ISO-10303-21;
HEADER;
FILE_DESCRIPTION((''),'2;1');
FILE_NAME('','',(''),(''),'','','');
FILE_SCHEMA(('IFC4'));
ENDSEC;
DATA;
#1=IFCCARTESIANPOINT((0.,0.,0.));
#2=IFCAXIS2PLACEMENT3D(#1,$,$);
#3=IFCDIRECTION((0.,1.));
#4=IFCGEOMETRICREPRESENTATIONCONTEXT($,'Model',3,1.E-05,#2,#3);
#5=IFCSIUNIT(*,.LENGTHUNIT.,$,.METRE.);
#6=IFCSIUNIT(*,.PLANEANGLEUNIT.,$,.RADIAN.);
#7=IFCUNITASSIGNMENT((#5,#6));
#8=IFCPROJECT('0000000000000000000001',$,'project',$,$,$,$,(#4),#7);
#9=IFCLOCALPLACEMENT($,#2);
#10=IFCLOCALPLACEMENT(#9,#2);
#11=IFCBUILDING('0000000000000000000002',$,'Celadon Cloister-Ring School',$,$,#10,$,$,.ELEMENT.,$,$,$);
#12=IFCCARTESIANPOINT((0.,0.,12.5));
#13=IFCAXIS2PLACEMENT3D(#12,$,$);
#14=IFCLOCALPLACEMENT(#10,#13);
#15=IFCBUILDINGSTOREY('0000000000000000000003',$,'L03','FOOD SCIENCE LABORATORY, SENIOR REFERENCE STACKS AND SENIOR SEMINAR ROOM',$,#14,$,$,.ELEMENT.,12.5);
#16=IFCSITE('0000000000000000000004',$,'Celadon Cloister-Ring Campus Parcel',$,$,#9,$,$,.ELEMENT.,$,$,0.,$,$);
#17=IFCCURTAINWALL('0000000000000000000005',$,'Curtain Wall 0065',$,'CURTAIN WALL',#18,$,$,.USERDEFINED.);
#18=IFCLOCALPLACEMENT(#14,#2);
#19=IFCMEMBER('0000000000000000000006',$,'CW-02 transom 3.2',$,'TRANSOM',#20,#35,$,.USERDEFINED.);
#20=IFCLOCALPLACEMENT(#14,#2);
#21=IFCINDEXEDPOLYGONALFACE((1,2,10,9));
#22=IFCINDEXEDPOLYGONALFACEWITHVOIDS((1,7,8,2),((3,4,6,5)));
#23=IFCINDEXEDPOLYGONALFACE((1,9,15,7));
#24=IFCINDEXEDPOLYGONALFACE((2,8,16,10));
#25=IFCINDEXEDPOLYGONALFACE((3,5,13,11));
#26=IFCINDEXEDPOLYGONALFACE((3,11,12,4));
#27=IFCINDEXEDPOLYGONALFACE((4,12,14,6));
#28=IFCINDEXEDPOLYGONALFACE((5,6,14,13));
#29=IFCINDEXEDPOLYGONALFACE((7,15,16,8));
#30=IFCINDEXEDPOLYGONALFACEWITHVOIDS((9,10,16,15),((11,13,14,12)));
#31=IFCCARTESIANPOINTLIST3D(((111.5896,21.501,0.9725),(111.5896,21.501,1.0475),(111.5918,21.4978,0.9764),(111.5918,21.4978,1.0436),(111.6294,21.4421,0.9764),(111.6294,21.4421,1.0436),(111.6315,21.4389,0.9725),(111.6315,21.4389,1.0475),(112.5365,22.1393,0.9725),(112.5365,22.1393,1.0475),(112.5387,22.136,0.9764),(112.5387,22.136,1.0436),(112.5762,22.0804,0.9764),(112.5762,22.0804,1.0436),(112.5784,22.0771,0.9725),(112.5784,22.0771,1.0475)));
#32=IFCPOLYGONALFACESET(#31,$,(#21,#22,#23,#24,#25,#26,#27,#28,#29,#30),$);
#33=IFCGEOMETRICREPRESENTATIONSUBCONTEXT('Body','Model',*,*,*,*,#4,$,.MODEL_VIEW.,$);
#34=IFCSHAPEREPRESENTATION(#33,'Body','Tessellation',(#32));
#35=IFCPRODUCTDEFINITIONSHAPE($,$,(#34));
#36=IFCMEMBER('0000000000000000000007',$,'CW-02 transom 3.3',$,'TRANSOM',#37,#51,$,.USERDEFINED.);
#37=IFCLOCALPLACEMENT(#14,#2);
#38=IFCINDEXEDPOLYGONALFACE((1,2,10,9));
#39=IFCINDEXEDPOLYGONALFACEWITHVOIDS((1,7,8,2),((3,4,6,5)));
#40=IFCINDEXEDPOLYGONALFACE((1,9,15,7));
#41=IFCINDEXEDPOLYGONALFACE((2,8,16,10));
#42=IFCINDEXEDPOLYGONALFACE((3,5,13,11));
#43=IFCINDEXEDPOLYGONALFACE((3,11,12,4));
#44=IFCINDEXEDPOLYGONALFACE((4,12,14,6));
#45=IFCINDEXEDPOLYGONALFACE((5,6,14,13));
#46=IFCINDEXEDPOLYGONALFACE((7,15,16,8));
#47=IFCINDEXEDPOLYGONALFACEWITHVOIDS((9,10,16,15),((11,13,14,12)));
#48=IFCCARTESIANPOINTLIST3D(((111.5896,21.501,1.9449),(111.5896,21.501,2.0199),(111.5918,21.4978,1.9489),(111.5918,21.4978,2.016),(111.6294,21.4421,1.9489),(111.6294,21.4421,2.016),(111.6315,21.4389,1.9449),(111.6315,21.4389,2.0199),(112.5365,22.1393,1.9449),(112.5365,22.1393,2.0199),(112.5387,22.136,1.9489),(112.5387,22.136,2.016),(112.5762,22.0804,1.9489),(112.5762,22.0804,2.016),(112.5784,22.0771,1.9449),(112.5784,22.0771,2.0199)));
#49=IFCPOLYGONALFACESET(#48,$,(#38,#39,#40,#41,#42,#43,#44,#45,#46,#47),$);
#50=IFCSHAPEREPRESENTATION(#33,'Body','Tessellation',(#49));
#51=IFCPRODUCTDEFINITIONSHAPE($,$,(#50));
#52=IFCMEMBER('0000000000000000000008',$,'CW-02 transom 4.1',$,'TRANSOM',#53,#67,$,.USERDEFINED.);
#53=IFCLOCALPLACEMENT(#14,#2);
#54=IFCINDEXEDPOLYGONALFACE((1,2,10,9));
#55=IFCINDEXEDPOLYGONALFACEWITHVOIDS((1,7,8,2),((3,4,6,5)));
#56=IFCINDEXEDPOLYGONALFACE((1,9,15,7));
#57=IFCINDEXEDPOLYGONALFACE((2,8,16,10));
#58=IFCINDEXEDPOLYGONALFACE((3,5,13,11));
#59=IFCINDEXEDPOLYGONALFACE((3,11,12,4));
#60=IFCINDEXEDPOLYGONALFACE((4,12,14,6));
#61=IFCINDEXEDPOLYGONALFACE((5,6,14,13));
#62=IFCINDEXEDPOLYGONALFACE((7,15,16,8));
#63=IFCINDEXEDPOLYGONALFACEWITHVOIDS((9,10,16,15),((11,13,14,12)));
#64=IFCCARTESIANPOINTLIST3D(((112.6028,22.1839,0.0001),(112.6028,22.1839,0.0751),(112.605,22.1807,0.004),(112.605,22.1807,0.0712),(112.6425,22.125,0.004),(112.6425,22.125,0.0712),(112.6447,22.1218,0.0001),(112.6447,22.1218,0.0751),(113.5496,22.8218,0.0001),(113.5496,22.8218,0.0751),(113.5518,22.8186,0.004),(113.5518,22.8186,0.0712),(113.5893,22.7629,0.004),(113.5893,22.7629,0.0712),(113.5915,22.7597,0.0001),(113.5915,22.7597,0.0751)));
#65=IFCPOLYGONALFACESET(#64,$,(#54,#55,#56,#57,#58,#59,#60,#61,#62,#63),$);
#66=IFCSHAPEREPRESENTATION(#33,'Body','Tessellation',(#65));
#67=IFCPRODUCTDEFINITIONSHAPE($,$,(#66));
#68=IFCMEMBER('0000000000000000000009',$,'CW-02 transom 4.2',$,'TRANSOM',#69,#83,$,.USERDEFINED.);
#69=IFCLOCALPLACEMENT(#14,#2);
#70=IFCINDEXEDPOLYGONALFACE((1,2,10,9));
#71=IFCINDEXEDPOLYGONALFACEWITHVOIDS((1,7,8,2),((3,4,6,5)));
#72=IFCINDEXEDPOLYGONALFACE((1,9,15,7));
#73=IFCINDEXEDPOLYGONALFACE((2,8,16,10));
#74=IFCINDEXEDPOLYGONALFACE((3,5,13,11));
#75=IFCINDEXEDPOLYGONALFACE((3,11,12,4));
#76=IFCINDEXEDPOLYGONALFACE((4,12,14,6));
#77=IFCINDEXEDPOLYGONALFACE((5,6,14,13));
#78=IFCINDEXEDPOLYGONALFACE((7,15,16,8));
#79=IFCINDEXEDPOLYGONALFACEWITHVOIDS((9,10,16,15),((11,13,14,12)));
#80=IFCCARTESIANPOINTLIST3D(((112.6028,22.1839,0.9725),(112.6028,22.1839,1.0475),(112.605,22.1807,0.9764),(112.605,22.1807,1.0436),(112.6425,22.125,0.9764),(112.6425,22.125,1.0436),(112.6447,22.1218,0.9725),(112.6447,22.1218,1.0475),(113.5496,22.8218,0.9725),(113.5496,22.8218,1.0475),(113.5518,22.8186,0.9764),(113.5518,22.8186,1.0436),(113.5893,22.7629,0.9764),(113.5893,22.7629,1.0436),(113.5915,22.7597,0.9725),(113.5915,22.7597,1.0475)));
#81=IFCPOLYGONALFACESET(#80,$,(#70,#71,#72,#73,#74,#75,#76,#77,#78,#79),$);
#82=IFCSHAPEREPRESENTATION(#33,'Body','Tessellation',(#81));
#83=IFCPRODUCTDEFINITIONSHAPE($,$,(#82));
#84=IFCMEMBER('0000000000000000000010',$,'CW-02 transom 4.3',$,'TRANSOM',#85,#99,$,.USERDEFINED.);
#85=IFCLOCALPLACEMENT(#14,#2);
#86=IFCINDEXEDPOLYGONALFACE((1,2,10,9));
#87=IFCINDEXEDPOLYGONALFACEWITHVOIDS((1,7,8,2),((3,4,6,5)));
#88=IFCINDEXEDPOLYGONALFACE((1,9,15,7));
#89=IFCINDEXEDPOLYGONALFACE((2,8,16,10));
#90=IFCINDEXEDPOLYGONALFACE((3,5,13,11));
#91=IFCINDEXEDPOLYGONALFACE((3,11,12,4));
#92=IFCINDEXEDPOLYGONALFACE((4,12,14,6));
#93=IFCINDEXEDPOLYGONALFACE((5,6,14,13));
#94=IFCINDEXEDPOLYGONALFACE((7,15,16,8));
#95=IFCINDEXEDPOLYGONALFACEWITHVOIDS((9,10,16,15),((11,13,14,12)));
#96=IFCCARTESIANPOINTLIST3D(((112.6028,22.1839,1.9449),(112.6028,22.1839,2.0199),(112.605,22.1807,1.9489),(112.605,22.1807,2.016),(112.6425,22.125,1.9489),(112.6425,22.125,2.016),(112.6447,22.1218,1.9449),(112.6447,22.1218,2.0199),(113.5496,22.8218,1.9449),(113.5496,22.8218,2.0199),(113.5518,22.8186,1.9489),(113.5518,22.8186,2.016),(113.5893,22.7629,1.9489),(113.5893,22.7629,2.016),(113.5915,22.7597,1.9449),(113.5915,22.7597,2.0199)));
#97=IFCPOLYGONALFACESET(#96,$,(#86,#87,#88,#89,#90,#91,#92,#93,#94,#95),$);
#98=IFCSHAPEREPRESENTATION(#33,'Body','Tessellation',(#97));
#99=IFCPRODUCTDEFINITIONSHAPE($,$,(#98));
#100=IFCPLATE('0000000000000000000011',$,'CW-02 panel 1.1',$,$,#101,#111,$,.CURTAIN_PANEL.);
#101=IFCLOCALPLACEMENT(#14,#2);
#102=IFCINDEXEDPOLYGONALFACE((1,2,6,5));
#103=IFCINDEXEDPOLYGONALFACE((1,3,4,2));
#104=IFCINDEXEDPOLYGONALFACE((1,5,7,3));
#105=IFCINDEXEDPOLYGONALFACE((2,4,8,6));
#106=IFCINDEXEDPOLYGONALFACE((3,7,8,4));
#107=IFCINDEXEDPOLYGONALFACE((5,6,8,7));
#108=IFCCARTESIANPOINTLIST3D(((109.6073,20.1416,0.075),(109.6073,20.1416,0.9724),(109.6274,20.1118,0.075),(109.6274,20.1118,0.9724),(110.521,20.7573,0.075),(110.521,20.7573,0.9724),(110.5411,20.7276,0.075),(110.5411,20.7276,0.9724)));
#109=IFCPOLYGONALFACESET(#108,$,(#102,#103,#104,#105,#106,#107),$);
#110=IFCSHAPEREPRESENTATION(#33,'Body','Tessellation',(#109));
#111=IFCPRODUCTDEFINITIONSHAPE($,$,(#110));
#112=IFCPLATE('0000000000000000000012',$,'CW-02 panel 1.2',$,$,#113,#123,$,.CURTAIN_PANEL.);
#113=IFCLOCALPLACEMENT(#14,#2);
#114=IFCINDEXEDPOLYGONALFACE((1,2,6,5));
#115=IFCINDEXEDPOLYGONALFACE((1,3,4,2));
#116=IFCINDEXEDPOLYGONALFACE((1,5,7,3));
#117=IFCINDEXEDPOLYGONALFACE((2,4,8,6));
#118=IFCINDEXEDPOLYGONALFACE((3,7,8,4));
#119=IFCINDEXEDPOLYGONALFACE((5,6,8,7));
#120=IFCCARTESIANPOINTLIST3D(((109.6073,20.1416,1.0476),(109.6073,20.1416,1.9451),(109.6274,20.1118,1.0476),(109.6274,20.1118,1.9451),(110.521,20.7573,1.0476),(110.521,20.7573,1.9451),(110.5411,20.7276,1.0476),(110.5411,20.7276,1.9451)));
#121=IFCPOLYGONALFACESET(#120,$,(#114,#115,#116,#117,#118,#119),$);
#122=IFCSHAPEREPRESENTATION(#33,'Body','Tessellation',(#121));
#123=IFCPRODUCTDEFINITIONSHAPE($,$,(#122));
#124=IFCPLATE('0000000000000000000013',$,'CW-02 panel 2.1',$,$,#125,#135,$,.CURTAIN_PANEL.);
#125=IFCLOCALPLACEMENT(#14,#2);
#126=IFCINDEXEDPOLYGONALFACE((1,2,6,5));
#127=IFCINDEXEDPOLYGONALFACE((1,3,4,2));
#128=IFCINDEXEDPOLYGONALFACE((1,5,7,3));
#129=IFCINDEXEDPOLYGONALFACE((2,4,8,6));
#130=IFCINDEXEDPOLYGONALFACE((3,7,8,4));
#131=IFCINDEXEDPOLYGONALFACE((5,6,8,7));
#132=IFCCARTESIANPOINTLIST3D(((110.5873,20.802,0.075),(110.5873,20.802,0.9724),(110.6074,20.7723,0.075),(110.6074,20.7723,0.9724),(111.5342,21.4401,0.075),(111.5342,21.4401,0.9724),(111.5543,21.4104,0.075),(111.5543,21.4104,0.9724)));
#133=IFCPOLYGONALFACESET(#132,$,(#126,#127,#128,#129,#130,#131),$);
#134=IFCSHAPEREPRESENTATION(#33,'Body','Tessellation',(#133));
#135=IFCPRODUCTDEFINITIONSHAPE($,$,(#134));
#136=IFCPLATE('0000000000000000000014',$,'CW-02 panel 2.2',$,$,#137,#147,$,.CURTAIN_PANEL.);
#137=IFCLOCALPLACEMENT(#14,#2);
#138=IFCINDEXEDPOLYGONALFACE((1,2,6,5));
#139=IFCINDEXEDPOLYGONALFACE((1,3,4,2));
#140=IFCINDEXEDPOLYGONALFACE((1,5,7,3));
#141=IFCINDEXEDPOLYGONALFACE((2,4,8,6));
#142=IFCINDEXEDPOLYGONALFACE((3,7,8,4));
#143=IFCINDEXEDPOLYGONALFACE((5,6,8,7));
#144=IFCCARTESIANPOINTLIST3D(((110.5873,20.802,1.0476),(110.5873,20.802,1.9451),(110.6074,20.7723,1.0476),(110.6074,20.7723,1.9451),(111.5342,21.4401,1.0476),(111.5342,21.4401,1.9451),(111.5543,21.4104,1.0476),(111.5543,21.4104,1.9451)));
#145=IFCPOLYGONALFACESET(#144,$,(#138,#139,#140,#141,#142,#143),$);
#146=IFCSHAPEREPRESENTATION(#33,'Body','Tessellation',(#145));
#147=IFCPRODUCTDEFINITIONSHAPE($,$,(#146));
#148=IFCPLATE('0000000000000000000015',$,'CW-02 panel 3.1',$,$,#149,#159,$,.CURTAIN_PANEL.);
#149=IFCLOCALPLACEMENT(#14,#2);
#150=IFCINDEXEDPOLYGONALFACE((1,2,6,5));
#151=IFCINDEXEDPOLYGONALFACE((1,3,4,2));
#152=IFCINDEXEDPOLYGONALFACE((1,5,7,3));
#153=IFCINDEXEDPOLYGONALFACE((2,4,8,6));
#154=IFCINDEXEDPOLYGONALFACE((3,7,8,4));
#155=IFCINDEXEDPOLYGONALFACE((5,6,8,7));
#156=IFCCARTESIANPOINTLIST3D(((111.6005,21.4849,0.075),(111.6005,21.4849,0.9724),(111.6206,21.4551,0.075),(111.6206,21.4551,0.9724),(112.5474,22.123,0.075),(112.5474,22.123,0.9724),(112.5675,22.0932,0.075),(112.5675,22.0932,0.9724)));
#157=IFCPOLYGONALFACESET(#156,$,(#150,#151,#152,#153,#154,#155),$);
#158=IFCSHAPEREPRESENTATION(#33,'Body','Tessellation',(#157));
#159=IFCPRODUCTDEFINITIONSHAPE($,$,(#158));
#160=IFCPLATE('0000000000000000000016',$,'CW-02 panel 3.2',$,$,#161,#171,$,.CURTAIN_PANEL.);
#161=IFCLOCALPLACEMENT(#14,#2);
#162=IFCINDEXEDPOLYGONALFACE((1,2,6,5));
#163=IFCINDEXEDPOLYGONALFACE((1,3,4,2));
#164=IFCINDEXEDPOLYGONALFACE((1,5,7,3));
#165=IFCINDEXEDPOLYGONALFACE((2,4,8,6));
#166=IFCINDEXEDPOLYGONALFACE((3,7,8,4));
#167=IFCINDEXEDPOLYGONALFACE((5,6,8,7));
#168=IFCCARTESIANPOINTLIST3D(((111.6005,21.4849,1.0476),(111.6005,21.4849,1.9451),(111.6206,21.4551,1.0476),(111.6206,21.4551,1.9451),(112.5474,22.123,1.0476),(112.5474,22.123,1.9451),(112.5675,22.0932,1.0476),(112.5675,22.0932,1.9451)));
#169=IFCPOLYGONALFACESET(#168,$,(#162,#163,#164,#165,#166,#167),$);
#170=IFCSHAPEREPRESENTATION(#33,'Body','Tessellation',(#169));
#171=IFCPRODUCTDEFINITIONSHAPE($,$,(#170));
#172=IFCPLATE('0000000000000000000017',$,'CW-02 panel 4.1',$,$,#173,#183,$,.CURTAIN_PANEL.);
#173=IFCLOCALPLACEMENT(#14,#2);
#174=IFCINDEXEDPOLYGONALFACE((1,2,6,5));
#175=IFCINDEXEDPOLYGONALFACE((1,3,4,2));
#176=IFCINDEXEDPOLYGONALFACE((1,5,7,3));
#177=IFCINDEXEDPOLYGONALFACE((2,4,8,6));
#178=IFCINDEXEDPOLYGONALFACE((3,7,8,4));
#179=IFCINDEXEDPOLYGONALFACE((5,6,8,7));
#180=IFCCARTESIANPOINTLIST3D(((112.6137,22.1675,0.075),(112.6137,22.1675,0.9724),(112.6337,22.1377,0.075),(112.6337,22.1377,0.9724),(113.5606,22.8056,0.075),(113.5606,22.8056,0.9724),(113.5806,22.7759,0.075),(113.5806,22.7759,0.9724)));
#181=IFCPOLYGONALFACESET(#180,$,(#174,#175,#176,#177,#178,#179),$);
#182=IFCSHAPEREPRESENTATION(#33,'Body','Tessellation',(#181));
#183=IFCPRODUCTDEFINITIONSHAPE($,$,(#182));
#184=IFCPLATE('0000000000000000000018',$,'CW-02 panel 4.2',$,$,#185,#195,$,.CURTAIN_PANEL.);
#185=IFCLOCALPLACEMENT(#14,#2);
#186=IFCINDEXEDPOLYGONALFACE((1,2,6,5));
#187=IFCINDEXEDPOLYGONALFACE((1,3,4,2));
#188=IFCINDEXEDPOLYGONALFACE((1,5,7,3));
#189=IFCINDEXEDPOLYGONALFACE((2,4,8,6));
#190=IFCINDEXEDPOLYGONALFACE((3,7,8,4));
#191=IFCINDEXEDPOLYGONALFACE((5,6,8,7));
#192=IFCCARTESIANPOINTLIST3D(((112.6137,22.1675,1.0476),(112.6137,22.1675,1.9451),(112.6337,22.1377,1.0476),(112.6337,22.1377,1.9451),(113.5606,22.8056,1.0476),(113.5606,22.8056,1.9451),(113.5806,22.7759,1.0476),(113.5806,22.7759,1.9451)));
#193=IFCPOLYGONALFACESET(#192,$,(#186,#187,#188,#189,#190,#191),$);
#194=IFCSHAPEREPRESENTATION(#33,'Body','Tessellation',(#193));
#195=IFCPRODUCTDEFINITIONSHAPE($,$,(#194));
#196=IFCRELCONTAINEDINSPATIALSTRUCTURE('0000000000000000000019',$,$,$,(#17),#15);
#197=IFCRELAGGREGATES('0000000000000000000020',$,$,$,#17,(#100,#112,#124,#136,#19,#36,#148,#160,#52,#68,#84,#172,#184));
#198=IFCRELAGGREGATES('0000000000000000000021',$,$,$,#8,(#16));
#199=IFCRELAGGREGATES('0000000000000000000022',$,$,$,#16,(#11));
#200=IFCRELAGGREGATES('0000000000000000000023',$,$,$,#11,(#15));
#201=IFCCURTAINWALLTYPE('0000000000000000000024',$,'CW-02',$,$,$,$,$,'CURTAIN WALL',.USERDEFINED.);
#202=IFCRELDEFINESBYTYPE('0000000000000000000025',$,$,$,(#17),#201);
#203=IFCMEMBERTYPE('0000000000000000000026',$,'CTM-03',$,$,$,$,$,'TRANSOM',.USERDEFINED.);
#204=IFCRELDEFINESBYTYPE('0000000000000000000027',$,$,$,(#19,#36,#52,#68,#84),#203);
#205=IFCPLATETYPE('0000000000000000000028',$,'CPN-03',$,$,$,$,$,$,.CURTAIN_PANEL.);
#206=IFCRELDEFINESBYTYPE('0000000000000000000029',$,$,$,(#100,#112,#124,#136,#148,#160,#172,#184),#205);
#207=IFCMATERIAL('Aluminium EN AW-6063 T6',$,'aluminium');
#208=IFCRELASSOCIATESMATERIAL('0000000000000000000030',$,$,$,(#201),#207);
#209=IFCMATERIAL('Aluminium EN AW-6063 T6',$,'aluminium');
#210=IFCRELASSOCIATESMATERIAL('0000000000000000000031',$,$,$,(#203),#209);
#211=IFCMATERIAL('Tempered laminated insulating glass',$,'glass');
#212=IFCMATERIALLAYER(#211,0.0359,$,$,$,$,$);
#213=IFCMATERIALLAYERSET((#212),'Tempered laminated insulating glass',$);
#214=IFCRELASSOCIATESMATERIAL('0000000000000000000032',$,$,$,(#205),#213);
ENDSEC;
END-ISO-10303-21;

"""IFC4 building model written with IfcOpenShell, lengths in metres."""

from ifc_helpers import new_model, si_unit, direction, frame, origin, origin_2d, place, context, subcontext, project, spatial, rectangle, hollow_rectangle, extrude, material, layer, layer_set, material_profile, profile_set, type_object, element, aggregate, save


model = new_model("IFC4")

# Units and contexts
model_context = context("Model", 3, precision=1e-05, world=origin(), true_north=direction((0.0, 1.0)))
body_context = subcontext(model_context, "Body", "Model", "MODEL_VIEW")
ifc_project = project(units=[si_unit("LENGTHUNIT", "METRE"), si_unit("PLANEANGLEUNIT", "RADIAN")], contexts=[model_context])

# Site, building, storey
site_placement = place(None, origin())
site = spatial("IfcSite", under=ifc_project, at=site_placement, Name="Celadon Cloister-Ring Campus Parcel", CompositionType="ELEMENT", RefElevation=0.0)
building_placement = place(site_placement, origin())
building = spatial("IfcBuilding", under=site, at=building_placement, Name="Celadon Cloister-Ring School", CompositionType="ELEMENT")
storey_placement = place(building_placement, frame((0.0, 0.0, 12.5)))
storey = spatial("IfcBuildingStorey", under=building, at=storey_placement, Name="L03", Description="FOOD SCIENCE LABORATORY, SENIOR REFERENCE STACKS AND SENIOR SEMINAR ROOM", CompositionType="ELEMENT", Elevation=12.5)

# Curtain wall, members, plates
ifc_material_1 = material(Name="Aluminium EN AW-6063 T6", Category="aluminium")
curtain_wall_type = type_object("IfcCurtainWallType", Name="CW-02", ElementType="CURTAIN WALL", PredefinedType="USERDEFINED", material=ifc_material_1)
curtain_wall_placement = place(storey_placement, origin())
curtain_wall = element("IfcCurtainWall", 1, at=curtain_wall_placement, inside=storey, type_object=curtain_wall_type, Name="Curtain Wall 0065", ObjectType="CURTAIN WALL", PredefinedType="USERDEFINED")
ifc_material_2 = material(Name="Aluminium EN AW-6063 T6", Category="aluminium")
ifc_material_profile_1 = material_profile(ifc_material_2, hollow_rectangle(XDim=0.075, YDim=0.075, WallThickness=0.0039, at=origin_2d()), Name="RHS75X75X4")
ifc_profile_set_1 = profile_set([ifc_material_profile_1], Name="Aluminium EN AW-6063 T6")
member_type_1 = type_object("IfcMemberType", Name="CTM-03", ElementType="TRANSOM", PredefinedType="USERDEFINED", material=ifc_profile_set_1)
member_1_placement = place(storey_placement, frame((111.6106, 21.47, 1.01), z_axis=(0.82921, 0.558937, 0.0), x_axis=(-0.558937, 0.82921, 0.0)))
member_1 = element("IfcMember", 2, at=member_1_placement, type_object=member_type_1, Name="CW-02 transom 3.2", ObjectType="TRANSOM", PredefinedType="USERDEFINED", context=body_context, shape_type="SweptSolid", body=[
    extrude(hollow_rectangle(XDim=0.075, YDim=0.075, WallThickness=0.0039, at=origin_2d()), origin(), (0.0, 0.0, 1.0), 1.1418),
])
member_2_placement = place(storey_placement, frame((111.6106, 21.47, 1.9824), z_axis=(0.82921, 0.558937, 0.0), x_axis=(-0.558937, 0.82921, 0.0)))
member_2 = element("IfcMember", 3, at=member_2_placement, type_object=member_type_1, Name="CW-02 transom 3.3", ObjectType="TRANSOM", PredefinedType="USERDEFINED", context=body_context, shape_type="SweptSolid", body=[
    extrude(hollow_rectangle(XDim=0.075, YDim=0.075, WallThickness=0.0039, at=origin_2d()), origin(), (0.0, 0.0, 1.0), 1.1418),
])
member_3_placement = place(storey_placement, frame((112.6238, 22.1528, 0.0376), z_axis=(0.82931, 0.55879, 0.0), x_axis=(-0.55879, 0.82931, 0.0)))
member_3 = element("IfcMember", 4, at=member_3_placement, type_object=member_type_1, Name="CW-02 transom 4.1", ObjectType="TRANSOM", PredefinedType="USERDEFINED", context=body_context, shape_type="SweptSolid", body=[
    extrude(hollow_rectangle(XDim=0.075, YDim=0.075, WallThickness=0.0039, at=origin_2d()), origin(), (0.0, 0.0, 1.0), 1.1416),
])
member_4_placement = place(storey_placement, frame((112.6238, 22.1528, 1.01), z_axis=(0.82931, 0.55879, 0.0), x_axis=(-0.55879, 0.82931, 0.0)))
member_4 = element("IfcMember", 5, at=member_4_placement, type_object=member_type_1, Name="CW-02 transom 4.2", ObjectType="TRANSOM", PredefinedType="USERDEFINED", context=body_context, shape_type="SweptSolid", body=[
    extrude(hollow_rectangle(XDim=0.075, YDim=0.075, WallThickness=0.0039, at=origin_2d()), origin(), (0.0, 0.0, 1.0), 1.1416),
])
member_5_placement = place(storey_placement, frame((112.6238, 22.1528, 1.9824), z_axis=(0.82931, 0.55879, 0.0), x_axis=(-0.55879, 0.82931, 0.0)))
member_5 = element("IfcMember", 6, at=member_5_placement, type_object=member_type_1, Name="CW-02 transom 4.3", ObjectType="TRANSOM", PredefinedType="USERDEFINED", context=body_context, shape_type="SweptSolid", body=[
    extrude(hollow_rectangle(XDim=0.075, YDim=0.075, WallThickness=0.0039, at=origin_2d()), origin(), (0.0, 0.0, 1.0), 1.1416),
])
ifc_material_3 = material(Name="Tempered laminated insulating glass", Category="glass")
ifc_layer = layer(ifc_material_3, 0.0359)
ifc_layer_set = layer_set([ifc_layer], Name="Tempered laminated insulating glass")
plate_type = type_object("IfcPlateType", Name="CPN-03", PredefinedType="CURTAIN_PANEL", material=ifc_layer_set)
plate_1_placement = place(storey_placement, frame((110.0742, 20.4346, 0.075), z_axis=(0.0, 0.0, 1.0), x_axis=(0.82927, 0.558849, 0.0)))
plate_1 = element("IfcPlate", 7, at=plate_1_placement, type_object=plate_type, Name="CW-02 panel 1.1", PredefinedType="CURTAIN_PANEL", context=body_context, shape_type="SweptSolid", body=[
    extrude(rectangle(XDim=1.1018, YDim=0.0359, at=origin_2d()), origin(), (0.0, 0.0, 1.0), 0.8975),
])
plate_2_placement = place(storey_placement, frame((110.0742, 20.4346, 1.0476), z_axis=(0.0, 0.0, 1.0), x_axis=(0.82927, 0.558849, 0.0)))
plate_2 = element("IfcPlate", 8, at=plate_2_placement, type_object=plate_type, Name="CW-02 panel 1.2", PredefinedType="CURTAIN_PANEL", context=body_context, shape_type="SweptSolid", body=[
    extrude(rectangle(XDim=1.1018, YDim=0.0359, at=origin_2d()), origin(), (0.0, 0.0, 1.0), 0.8975),
])
plate_3_placement = place(storey_placement, frame((111.0708, 21.1062, 0.075), z_axis=(0.0, 0.0, 1.0), x_axis=(0.82927, 0.558849, 0.0)))
plate_3 = element("IfcPlate", 9, at=plate_3_placement, type_object=plate_type, Name="CW-02 panel 2.1", PredefinedType="CURTAIN_PANEL", context=body_context, shape_type="SweptSolid", body=[
    extrude(rectangle(XDim=1.1418, YDim=0.0359, at=origin_2d()), origin(), (0.0, 0.0, 1.0), 0.8975),
])
plate_4_placement = place(storey_placement, frame((111.0708, 21.1062, 1.0476), z_axis=(0.0, 0.0, 1.0), x_axis=(0.82927, 0.558849, 0.0)))
plate_4 = element("IfcPlate", 10, at=plate_4_placement, type_object=plate_type, Name="CW-02 panel 2.2", PredefinedType="CURTAIN_PANEL", context=body_context, shape_type="SweptSolid", body=[
    extrude(rectangle(XDim=1.1418, YDim=0.0359, at=origin_2d()), origin(), (0.0, 0.0, 1.0), 0.8975),
])
plate_5_placement = place(storey_placement, frame((112.084, 21.7891, 0.075), z_axis=(0.0, 0.0, 1.0), x_axis=(0.82927, 0.558849, 0.0)))
plate_5 = element("IfcPlate", 11, at=plate_5_placement, type_object=plate_type, Name="CW-02 panel 3.1", PredefinedType="CURTAIN_PANEL", context=body_context, shape_type="SweptSolid", body=[
    extrude(rectangle(XDim=1.1418, YDim=0.0359, at=origin_2d()), origin(), (0.0, 0.0, 1.0), 0.8975),
])
plate_6_placement = place(storey_placement, frame((112.084, 21.7891, 1.0476), z_axis=(0.0, 0.0, 1.0), x_axis=(0.82927, 0.558849, 0.0)))
plate_6 = element("IfcPlate", 12, at=plate_6_placement, type_object=plate_type, Name="CW-02 panel 3.2", PredefinedType="CURTAIN_PANEL", context=body_context, shape_type="SweptSolid", body=[
    extrude(rectangle(XDim=1.1418, YDim=0.0359, at=origin_2d()), origin(), (0.0, 0.0, 1.0), 0.8975),
])
plate_7_placement = place(storey_placement, frame((113.0972, 22.4717, 0.075), z_axis=(0.0, 0.0, 1.0), x_axis=(0.82927, 0.558849, 0.0)))
plate_7 = element("IfcPlate", 13, at=plate_7_placement, type_object=plate_type, Name="CW-02 panel 4.1", PredefinedType="CURTAIN_PANEL", context=body_context, shape_type="SweptSolid", body=[
    extrude(rectangle(XDim=1.1418, YDim=0.0359, at=origin_2d()), origin(), (0.0, 0.0, 1.0), 0.8975),
])
plate_8_placement = place(storey_placement, frame((113.0972, 22.4717, 1.0476), z_axis=(0.0, 0.0, 1.0), x_axis=(0.82927, 0.558849, 0.0)))
plate_8 = element("IfcPlate", 14, at=plate_8_placement, type_object=plate_type, Name="CW-02 panel 4.2", PredefinedType="CURTAIN_PANEL", context=body_context, shape_type="SweptSolid", body=[
    extrude(rectangle(XDim=1.1418, YDim=0.0359, at=origin_2d()), origin(), (0.0, 0.0, 1.0), 0.8975),
])
aggregate(curtain_wall, [plate_1, plate_2, plate_3, plate_4, member_1, member_2, plate_5, plate_6, member_3, member_4, member_5, plate_7, plate_8])

save(model, "model.ifc")
